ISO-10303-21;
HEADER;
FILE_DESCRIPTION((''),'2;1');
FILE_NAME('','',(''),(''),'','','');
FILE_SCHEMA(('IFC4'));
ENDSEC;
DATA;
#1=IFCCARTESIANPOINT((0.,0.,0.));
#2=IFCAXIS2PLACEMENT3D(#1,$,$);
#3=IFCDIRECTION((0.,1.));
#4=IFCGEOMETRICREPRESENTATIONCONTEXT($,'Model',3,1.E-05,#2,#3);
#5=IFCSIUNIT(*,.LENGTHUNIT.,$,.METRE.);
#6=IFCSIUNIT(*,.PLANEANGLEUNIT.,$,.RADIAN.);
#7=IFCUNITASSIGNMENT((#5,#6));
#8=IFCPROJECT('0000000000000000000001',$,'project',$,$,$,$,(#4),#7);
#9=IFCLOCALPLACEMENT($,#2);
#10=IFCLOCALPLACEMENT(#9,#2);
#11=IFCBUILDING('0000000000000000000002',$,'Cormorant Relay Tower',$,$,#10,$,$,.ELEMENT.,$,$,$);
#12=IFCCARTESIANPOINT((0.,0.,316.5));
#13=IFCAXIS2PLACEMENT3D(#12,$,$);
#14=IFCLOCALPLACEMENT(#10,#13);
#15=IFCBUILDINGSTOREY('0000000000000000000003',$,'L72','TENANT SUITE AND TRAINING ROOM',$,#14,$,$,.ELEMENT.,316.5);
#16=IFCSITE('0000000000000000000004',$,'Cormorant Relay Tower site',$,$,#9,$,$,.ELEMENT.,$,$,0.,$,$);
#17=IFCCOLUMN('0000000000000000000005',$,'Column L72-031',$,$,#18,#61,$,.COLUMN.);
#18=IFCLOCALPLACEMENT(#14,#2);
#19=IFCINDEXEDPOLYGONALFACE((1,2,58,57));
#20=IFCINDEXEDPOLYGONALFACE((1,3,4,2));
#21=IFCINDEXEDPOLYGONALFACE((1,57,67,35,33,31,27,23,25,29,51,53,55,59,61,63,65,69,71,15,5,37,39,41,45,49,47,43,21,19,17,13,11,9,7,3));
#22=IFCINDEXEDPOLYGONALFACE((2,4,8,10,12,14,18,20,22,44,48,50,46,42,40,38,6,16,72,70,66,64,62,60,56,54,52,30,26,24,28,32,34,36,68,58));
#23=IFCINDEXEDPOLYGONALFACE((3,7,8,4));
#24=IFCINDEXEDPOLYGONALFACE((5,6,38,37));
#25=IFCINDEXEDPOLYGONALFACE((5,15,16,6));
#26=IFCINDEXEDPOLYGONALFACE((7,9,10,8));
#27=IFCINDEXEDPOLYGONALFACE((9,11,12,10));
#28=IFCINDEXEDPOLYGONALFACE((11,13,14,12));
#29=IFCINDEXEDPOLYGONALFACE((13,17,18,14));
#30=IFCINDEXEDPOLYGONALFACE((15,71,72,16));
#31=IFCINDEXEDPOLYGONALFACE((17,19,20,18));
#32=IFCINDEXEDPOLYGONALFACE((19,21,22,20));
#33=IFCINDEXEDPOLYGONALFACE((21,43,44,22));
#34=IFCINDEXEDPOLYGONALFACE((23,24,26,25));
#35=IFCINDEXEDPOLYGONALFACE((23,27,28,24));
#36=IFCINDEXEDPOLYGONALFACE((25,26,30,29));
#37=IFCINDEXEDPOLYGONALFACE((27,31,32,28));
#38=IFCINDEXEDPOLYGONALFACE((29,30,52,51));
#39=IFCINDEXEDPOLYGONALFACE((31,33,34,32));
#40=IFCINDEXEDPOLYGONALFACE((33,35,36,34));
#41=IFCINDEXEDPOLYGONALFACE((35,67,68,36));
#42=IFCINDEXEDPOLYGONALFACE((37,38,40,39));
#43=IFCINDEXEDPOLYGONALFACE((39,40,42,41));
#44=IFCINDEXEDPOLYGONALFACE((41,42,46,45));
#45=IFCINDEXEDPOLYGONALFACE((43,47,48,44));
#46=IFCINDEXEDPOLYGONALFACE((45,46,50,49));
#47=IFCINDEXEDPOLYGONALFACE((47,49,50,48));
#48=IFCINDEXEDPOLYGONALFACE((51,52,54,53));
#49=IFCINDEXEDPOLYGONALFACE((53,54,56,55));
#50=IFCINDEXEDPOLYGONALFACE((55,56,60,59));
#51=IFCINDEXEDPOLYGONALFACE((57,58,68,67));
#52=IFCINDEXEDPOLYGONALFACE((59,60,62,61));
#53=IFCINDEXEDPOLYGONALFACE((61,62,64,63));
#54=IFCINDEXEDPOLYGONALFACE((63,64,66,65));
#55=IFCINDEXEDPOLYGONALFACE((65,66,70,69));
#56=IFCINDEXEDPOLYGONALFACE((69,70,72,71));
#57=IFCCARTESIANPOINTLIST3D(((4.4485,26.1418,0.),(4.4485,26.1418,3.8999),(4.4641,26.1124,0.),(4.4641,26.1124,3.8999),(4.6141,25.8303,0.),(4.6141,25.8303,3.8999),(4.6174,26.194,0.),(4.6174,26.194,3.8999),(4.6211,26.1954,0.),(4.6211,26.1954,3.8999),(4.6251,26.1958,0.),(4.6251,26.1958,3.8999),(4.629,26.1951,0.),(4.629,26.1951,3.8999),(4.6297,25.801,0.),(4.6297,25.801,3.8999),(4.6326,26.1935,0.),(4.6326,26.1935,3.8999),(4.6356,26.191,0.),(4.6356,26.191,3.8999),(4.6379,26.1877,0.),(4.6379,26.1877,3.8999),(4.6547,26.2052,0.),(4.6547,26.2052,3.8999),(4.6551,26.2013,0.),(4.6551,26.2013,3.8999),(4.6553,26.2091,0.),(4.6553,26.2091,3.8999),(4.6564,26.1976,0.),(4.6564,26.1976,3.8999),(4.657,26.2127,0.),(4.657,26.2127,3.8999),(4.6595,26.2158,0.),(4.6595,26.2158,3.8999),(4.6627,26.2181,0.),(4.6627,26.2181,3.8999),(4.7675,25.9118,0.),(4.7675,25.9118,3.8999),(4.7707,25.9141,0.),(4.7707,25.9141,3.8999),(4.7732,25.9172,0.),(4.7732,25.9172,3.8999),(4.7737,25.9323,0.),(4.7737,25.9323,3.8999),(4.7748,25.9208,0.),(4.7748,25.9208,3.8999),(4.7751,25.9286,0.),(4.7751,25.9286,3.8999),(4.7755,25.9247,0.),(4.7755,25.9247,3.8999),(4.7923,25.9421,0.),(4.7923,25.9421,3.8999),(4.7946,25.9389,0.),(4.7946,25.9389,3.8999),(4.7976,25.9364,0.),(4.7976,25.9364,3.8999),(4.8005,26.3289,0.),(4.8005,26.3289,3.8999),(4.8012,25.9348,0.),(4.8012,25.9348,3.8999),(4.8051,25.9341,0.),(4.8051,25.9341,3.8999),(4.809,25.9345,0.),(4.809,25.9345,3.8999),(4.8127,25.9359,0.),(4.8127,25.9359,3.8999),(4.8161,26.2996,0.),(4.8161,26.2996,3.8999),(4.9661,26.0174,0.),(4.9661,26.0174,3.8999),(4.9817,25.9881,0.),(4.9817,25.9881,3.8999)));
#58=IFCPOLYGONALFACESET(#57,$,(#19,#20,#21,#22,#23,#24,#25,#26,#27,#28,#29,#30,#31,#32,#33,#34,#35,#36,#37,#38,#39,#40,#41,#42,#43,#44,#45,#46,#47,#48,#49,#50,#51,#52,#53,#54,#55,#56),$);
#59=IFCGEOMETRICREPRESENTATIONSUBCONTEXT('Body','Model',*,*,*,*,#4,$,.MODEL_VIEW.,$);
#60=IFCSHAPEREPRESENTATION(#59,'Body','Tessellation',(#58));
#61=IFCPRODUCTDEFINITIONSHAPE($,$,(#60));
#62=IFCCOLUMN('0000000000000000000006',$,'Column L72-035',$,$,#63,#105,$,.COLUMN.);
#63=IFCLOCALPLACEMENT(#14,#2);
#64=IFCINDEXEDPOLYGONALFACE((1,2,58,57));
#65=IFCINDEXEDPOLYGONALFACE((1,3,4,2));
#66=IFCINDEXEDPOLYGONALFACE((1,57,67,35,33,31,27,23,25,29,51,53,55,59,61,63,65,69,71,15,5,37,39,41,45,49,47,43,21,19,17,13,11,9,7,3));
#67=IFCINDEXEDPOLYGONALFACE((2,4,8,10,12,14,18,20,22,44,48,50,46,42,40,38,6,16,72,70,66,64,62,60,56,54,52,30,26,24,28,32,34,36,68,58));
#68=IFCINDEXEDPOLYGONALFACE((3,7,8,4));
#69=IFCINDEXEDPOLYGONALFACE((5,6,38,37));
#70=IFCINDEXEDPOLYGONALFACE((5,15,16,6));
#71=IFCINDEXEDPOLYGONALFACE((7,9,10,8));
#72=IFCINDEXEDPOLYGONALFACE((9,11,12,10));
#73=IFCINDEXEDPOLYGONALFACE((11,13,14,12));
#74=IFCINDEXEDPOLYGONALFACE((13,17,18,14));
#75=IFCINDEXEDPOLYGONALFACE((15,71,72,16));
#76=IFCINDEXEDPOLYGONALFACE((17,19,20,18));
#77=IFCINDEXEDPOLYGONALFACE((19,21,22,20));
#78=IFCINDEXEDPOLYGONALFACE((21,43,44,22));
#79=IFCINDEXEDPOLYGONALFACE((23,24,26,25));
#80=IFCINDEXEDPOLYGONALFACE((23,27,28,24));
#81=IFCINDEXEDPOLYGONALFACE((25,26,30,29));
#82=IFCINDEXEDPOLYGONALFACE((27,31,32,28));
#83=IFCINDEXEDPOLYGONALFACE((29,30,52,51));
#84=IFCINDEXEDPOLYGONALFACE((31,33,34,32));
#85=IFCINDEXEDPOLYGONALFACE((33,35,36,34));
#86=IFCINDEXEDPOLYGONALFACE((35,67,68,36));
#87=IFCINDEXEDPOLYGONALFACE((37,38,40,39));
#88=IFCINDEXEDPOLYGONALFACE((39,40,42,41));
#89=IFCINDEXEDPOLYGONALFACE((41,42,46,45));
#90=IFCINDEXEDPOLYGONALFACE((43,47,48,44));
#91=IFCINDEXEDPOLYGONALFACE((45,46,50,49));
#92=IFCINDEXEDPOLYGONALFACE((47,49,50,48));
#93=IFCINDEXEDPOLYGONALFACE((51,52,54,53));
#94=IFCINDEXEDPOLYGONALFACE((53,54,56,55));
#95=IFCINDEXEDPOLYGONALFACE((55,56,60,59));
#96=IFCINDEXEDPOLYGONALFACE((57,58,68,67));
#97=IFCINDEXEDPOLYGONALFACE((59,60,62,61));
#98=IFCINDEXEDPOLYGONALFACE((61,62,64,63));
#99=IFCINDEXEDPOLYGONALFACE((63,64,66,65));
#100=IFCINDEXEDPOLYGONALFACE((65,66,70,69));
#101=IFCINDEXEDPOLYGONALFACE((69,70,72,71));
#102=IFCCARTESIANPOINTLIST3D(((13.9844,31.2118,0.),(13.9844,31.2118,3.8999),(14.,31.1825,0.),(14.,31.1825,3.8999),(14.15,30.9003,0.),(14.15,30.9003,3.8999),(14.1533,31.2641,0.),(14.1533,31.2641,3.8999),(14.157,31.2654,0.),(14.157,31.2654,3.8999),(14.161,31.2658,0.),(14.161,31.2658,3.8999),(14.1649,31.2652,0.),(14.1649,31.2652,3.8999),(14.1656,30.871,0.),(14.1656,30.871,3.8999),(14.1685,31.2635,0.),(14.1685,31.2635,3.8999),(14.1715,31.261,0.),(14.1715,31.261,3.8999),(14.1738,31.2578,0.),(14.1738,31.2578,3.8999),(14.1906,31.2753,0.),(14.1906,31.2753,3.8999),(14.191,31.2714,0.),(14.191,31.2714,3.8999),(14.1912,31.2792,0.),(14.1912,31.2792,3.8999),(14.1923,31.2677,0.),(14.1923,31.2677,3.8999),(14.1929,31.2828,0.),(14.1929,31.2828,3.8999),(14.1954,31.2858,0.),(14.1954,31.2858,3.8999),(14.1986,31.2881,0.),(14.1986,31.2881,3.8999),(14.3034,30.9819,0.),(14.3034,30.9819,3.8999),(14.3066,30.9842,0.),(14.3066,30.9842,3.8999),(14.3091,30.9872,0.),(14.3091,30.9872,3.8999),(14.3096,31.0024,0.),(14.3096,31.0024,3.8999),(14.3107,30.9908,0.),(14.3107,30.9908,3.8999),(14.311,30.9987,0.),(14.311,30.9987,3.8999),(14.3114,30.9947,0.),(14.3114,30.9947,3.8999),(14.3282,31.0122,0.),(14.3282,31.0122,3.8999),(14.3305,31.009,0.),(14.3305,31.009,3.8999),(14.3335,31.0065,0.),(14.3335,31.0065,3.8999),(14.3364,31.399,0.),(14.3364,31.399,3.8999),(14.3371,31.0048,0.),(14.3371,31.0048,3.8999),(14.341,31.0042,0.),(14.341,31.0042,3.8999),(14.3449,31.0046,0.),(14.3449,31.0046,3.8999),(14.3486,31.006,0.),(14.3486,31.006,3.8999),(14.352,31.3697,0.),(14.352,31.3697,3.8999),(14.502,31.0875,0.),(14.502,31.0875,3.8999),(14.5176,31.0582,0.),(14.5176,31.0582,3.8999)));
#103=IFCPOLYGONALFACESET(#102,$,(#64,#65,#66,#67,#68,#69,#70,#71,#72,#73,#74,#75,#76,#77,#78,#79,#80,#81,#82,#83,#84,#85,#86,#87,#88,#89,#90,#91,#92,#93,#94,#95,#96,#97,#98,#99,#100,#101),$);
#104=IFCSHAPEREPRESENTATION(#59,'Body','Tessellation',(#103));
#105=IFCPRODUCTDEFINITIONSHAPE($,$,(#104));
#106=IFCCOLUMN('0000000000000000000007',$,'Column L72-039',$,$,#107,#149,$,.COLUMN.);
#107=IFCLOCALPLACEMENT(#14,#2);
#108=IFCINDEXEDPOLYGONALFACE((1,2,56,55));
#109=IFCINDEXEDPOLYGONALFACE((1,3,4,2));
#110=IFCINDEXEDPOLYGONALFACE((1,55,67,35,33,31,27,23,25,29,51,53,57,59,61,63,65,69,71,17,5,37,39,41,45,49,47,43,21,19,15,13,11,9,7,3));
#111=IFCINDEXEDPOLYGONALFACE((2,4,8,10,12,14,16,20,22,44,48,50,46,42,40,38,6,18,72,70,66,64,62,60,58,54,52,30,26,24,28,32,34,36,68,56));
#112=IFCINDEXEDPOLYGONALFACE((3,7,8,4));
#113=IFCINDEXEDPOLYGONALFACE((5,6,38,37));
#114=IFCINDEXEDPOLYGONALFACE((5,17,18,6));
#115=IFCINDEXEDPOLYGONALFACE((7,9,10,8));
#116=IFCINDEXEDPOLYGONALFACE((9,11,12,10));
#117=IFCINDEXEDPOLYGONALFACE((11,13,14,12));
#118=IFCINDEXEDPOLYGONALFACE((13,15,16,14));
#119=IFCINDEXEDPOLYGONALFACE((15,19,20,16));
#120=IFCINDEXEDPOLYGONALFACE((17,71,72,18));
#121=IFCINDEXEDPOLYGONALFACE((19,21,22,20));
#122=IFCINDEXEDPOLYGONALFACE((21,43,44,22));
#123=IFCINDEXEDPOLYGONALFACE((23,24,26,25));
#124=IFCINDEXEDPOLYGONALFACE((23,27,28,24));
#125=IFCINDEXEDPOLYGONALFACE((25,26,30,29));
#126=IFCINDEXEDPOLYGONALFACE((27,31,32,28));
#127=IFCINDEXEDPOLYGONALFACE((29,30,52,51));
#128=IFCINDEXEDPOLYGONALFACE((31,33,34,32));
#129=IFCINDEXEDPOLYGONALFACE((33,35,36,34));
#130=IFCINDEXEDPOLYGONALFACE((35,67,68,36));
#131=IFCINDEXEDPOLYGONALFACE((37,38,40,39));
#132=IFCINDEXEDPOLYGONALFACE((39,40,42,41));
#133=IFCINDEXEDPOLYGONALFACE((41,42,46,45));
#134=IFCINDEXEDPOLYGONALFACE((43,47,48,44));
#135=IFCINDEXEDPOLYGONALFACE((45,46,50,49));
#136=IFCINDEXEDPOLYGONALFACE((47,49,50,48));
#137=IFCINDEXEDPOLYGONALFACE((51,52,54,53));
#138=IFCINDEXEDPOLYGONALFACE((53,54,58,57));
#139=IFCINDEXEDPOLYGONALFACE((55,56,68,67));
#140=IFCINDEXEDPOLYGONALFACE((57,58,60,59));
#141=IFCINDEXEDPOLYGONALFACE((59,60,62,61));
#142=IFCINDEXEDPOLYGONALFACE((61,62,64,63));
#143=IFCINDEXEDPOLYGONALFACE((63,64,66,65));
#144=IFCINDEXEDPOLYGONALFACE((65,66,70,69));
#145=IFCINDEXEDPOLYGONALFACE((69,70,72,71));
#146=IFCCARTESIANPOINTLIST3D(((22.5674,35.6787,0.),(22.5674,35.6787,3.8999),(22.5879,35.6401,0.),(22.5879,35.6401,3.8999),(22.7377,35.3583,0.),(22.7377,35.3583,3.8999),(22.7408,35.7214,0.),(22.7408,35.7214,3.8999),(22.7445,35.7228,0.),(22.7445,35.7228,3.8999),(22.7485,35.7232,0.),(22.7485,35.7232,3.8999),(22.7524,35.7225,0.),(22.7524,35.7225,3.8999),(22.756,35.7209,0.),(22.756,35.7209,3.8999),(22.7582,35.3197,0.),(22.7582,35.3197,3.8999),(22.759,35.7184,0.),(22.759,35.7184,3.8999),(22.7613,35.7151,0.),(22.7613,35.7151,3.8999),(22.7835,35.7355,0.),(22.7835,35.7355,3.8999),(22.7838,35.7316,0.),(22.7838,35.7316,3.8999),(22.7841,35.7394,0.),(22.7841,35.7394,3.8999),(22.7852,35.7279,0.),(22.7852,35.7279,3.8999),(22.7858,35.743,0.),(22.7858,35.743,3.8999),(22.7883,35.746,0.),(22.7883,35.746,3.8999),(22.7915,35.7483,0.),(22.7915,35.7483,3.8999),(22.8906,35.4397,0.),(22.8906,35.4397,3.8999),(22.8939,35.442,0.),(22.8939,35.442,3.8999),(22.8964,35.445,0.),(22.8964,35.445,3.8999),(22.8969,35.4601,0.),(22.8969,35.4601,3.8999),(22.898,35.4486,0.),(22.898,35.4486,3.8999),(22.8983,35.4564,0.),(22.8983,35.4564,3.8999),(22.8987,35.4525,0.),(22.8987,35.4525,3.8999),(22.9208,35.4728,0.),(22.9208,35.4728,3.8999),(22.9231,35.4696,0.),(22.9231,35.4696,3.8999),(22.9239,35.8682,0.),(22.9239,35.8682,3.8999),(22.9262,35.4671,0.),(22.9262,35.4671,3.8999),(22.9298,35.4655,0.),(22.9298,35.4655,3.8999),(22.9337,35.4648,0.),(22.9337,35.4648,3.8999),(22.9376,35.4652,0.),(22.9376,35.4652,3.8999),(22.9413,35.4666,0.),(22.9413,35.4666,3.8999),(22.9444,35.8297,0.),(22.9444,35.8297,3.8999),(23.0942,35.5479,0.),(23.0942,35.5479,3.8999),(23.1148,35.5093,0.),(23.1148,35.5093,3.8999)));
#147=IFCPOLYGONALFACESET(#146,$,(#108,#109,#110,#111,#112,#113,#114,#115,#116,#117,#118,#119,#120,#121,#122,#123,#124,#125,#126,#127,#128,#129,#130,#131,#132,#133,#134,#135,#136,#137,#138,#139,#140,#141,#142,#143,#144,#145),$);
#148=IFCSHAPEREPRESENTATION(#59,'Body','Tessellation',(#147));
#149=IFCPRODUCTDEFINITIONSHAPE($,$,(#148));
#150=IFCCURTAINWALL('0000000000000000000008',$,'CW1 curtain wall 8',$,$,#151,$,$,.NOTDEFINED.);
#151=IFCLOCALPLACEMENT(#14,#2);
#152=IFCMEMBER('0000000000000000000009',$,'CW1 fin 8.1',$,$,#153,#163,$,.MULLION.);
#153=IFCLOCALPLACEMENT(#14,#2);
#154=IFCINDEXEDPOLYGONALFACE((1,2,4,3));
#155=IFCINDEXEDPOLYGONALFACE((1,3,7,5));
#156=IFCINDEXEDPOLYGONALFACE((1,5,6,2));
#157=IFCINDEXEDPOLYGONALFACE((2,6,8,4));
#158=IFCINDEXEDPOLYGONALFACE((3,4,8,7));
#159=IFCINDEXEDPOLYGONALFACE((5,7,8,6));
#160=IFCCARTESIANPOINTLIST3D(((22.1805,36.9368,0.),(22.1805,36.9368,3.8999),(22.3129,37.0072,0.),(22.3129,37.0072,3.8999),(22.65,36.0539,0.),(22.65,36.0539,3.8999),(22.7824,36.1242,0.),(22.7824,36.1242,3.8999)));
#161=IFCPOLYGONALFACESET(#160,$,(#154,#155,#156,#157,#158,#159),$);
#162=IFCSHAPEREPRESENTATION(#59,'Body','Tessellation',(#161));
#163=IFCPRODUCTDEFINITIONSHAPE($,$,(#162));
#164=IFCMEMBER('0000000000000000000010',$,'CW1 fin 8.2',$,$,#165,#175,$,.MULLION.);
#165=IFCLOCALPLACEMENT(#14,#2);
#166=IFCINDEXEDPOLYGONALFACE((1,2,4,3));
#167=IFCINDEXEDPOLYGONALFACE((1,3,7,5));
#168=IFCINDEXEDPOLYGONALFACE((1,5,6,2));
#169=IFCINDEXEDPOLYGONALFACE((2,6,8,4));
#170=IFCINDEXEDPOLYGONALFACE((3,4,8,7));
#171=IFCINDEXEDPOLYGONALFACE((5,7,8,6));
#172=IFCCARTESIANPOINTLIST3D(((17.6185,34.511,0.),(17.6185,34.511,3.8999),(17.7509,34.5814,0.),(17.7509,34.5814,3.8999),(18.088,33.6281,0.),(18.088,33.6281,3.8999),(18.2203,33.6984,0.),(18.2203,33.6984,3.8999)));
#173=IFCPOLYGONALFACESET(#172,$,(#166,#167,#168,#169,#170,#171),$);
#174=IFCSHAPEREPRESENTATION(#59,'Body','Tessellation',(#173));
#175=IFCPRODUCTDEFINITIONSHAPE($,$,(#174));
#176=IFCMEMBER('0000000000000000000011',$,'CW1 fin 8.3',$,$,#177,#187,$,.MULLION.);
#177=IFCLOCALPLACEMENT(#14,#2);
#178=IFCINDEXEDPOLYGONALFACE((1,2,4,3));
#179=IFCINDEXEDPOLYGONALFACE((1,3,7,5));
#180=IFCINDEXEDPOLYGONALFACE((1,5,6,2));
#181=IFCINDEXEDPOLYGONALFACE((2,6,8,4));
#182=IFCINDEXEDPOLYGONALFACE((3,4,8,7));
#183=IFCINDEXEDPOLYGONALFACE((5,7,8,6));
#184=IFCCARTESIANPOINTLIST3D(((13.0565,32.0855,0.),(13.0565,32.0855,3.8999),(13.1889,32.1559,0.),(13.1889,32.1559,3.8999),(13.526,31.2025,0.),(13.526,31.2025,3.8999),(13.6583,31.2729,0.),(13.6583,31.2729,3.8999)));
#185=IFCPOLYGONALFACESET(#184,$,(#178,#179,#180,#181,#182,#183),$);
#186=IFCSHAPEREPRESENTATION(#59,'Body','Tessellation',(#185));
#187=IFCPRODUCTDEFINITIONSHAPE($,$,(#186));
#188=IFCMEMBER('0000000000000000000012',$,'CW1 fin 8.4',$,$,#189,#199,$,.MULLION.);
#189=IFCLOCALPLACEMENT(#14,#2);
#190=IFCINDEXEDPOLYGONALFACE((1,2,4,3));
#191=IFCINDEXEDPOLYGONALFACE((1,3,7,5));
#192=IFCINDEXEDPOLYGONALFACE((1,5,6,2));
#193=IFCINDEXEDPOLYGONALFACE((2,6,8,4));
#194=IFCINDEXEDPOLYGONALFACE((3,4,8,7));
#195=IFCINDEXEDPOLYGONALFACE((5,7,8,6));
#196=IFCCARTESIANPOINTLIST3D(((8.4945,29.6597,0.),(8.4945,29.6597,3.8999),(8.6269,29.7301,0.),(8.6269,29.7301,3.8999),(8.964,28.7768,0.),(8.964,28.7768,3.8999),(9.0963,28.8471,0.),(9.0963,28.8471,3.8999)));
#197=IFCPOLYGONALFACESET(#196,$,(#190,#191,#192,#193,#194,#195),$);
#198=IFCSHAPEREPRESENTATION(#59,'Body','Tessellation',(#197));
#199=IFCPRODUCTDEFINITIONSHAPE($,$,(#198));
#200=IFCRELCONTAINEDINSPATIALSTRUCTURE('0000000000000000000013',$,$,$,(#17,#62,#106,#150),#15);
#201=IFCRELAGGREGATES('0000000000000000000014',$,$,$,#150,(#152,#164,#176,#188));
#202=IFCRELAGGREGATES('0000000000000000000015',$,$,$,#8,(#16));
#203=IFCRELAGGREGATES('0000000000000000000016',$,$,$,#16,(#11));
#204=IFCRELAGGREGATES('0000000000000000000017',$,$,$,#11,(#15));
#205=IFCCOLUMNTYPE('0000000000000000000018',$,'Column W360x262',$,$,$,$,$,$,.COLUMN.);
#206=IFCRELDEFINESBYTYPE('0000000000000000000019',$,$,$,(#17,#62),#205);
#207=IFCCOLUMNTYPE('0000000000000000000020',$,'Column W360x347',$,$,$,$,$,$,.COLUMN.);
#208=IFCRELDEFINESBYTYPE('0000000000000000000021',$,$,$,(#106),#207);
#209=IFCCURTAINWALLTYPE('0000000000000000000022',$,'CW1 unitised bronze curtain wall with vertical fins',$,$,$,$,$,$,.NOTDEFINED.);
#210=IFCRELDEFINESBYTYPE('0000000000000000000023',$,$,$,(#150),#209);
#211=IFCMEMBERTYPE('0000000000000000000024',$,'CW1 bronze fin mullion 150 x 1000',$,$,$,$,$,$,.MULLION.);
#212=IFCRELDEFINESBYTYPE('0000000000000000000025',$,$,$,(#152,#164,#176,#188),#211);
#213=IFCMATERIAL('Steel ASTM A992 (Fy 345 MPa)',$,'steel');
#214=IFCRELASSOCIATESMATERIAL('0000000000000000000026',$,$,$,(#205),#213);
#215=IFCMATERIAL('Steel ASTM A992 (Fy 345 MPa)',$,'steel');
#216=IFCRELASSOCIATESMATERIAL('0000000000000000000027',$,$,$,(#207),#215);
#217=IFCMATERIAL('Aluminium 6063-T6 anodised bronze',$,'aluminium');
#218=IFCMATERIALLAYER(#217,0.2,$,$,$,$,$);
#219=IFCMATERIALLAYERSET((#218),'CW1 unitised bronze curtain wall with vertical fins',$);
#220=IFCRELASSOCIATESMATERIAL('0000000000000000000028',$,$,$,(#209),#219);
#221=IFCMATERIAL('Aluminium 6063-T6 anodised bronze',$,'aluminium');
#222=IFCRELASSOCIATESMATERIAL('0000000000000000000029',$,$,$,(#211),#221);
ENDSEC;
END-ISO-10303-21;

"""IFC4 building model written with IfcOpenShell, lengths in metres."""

from ifc_helpers import new_model, si_unit, direction, frame, origin, origin_2d, place, context, subcontext, project, spatial, rectangle, i_section, extrude, material, layer, layer_set, material_profile, profile_set, type_object, element, aggregate, save


model = new_model("IFC4")

# Units and contexts
model_context = context("Model", 3, precision=1e-05, world=origin(), true_north=direction((0.0, 1.0)))
body_context = subcontext(model_context, "Body", "Model", "MODEL_VIEW")
ifc_project = project(units=[si_unit("LENGTHUNIT", "METRE"), si_unit("PLANEANGLEUNIT", "RADIAN")], contexts=[model_context])

# Site, building, storey
site_placement = place(None, origin())
site = spatial("IfcSite", under=ifc_project, at=site_placement, Name="Cormorant Relay Tower site", CompositionType="ELEMENT", RefElevation=0.0)
building_placement = place(site_placement, origin())
building = spatial("IfcBuilding", under=site, at=building_placement, Name="Cormorant Relay Tower", CompositionType="ELEMENT")
storey_placement = place(building_placement, frame((0.0, 0.0, 316.5)))
storey = spatial("IfcBuildingStorey", under=building, at=storey_placement, Name="L72", Description="TENANT SUITE AND TRAINING ROOM", CompositionType="ELEMENT", Elevation=316.5)

# Columns
ifc_material_1 = material(Name="Steel ASTM A992 (Fy 345 MPa)", Category="steel")
ifc_material_profile_1 = material_profile(ifc_material_1, i_section(OverallWidth=0.3987, OverallDepth=0.386, WebThickness=0.021, FlangeThickness=0.0332, FilletRadius=0.0151, at=origin_2d()), Name="W360x262")
ifc_profile_set_1 = profile_set([ifc_material_profile_1], Name="Steel ASTM A992 (Fy 345 MPa)")
column_type_1 = type_object("IfcColumnType", Name="Column W360x262", PredefinedType="COLUMN", material=ifc_profile_set_1)
for number, where, z_axis, x_axis, name in (
    (1, (4.7151, 26.0649, 0.0), (0.0, 0.0, 1.0), (-0.882948, -0.469472, 0.0), "Column L72-031"),
    (2, (14.251, 31.135, 0.0), (0.0, 0.0, 1.0), (-0.882948, -0.469472, 0.0), "Column L72-035"),
):
    element("IfcColumn", number, at=place(storey_placement, frame(where, z_axis=z_axis, x_axis=x_axis)), inside=storey, type_object=column_type_1, Name=name, PredefinedType="COLUMN", context=body_context, shape_type="SweptSolid", body=[
        extrude(i_section(OverallWidth=0.3987, OverallDepth=0.386, WebThickness=0.021, FlangeThickness=0.0332, FilletRadius=0.0151, at=origin_2d()), origin(), (0.0, 0.0, 1.0), 3.8999),
    ])
ifc_material_2 = material(Name="Steel ASTM A992 (Fy 345 MPa)", Category="steel")
ifc_material_profile_2 = material_profile(ifc_material_2, i_section(OverallWidth=0.4038, OverallDepth=0.4065, WebThickness=0.0271, FlangeThickness=0.0437, FilletRadius=0.0151, at=origin_2d()), Name="W360x347")
ifc_profile_set_2 = profile_set([ifc_material_profile_2], Name="Steel ASTM A992 (Fy 345 MPa)")
column_type_2 = type_object("IfcColumnType", Name="Column W360x347", PredefinedType="COLUMN", material=ifc_profile_set_2)
column_placement = place(storey_placement, frame((22.8411, 35.594, 0.0), z_axis=(0.0, 0.0, 1.0), x_axis=(-0.882948, -0.469472, 0.0)))
element("IfcColumn", 3, at=column_placement, inside=storey, type_object=column_type_2, Name="Column L72-039", PredefinedType="COLUMN", context=body_context, shape_type="SweptSolid", body=[
    extrude(i_section(OverallWidth=0.4038, OverallDepth=0.4065, WebThickness=0.0271, FlangeThickness=0.0437, FilletRadius=0.0151, at=origin_2d()), origin(), (0.0, 0.0, 1.0), 3.8999),
])

# Curtain wall, members
ifc_material_3 = material(Name="Aluminium 6063-T6 anodised bronze", Category="aluminium")
ifc_layer_1 = layer(ifc_material_3, 0.2)
ifc_layer_set_1 = layer_set([ifc_layer_1], Name="CW1 unitised bronze curtain wall with vertical fins")
curtain_wall_type = type_object("IfcCurtainWallType", Name="CW1 unitised bronze curtain wall with vertical fins", PredefinedType="NOTDEFINED", material=ifc_layer_set_1)
curtain_wall_1_placement = place(storey_placement, origin())
curtain_wall_1 = element("IfcCurtainWall", 4, at=curtain_wall_1_placement, inside=storey, type_object=curtain_wall_type, Name="CW1 curtain wall 8", PredefinedType="NOTDEFINED")
ifc_material_4 = material(Name="Aluminium 6063-T6 anodised bronze", Category="aluminium")
ifc_material_profile_3 = material_profile(ifc_material_4, rectangle(XDim=0.1499, YDim=1.0, at=origin_2d()), Name="AL 150x1000")
ifc_profile_set_3 = profile_set([ifc_material_profile_3], Name="Aluminium 6063-T6 anodised bronze")
member_type_1 = type_object("IfcMemberType", Name="CW1 bronze fin mullion 150 x 1000", PredefinedType="MULLION", material=ifc_profile_set_3)
member_1_placement = place(storey_placement, frame((22.4814, 36.5305, 0.0), z_axis=(0.0, 0.0, 1.0), x_axis=(-0.882948, -0.469472, 0.0)))
member_1 = element("IfcMember", 5, at=member_1_placement, type_object=member_type_1, Name="CW1 fin 8.1", PredefinedType="MULLION", context=body_context, shape_type="SweptSolid", body=[
    extrude(rectangle(XDim=0.1499, YDim=1.0, at=origin_2d()), origin(), (0.0, 0.0, 1.0), 3.8999),
])
member_2_placement = place(storey_placement, frame((17.9194, 34.1047, 0.0), z_axis=(0.0, 0.0, 1.0), x_axis=(-0.882948, -0.469472, 0.0)))
member_2 = element("IfcMember", 6, at=member_2_placement, type_object=member_type_1, Name="CW1 fin 8.2", PredefinedType="MULLION", context=body_context, shape_type="SweptSolid", body=[
    extrude(rectangle(XDim=0.1499, YDim=1.0, at=origin_2d()), origin(), (0.0, 0.0, 1.0), 3.8999),
])
member_3_placement = place(storey_placement, frame((13.3574, 31.6792, 0.0), z_axis=(0.0, 0.0, 1.0), x_axis=(-0.882948, -0.469472, 0.0)))
member_3 = element("IfcMember", 7, at=member_3_placement, type_object=member_type_1, Name="CW1 fin 8.3", PredefinedType="MULLION", context=body_context, shape_type="SweptSolid", body=[
    extrude(rectangle(XDim=0.1499, YDim=1.0, at=origin_2d()), origin(), (0.0, 0.0, 1.0), 3.8999),
])
member_4_placement = place(storey_placement, frame((8.7954, 29.2534, 0.0), z_axis=(0.0, 0.0, 1.0), x_axis=(-0.882948, -0.469472, 0.0)))
member_4 = element("IfcMember", 8, at=member_4_placement, type_object=member_type_1, Name="CW1 fin 8.4", PredefinedType="MULLION", context=body_context, shape_type="SweptSolid", body=[
    extrude(rectangle(XDim=0.1499, YDim=1.0, at=origin_2d()), origin(), (0.0, 0.0, 1.0), 3.8999),
])

aggregate(curtain_wall_1, [member_1, member_2, member_3, member_4])

save(model, "model.ifc")
